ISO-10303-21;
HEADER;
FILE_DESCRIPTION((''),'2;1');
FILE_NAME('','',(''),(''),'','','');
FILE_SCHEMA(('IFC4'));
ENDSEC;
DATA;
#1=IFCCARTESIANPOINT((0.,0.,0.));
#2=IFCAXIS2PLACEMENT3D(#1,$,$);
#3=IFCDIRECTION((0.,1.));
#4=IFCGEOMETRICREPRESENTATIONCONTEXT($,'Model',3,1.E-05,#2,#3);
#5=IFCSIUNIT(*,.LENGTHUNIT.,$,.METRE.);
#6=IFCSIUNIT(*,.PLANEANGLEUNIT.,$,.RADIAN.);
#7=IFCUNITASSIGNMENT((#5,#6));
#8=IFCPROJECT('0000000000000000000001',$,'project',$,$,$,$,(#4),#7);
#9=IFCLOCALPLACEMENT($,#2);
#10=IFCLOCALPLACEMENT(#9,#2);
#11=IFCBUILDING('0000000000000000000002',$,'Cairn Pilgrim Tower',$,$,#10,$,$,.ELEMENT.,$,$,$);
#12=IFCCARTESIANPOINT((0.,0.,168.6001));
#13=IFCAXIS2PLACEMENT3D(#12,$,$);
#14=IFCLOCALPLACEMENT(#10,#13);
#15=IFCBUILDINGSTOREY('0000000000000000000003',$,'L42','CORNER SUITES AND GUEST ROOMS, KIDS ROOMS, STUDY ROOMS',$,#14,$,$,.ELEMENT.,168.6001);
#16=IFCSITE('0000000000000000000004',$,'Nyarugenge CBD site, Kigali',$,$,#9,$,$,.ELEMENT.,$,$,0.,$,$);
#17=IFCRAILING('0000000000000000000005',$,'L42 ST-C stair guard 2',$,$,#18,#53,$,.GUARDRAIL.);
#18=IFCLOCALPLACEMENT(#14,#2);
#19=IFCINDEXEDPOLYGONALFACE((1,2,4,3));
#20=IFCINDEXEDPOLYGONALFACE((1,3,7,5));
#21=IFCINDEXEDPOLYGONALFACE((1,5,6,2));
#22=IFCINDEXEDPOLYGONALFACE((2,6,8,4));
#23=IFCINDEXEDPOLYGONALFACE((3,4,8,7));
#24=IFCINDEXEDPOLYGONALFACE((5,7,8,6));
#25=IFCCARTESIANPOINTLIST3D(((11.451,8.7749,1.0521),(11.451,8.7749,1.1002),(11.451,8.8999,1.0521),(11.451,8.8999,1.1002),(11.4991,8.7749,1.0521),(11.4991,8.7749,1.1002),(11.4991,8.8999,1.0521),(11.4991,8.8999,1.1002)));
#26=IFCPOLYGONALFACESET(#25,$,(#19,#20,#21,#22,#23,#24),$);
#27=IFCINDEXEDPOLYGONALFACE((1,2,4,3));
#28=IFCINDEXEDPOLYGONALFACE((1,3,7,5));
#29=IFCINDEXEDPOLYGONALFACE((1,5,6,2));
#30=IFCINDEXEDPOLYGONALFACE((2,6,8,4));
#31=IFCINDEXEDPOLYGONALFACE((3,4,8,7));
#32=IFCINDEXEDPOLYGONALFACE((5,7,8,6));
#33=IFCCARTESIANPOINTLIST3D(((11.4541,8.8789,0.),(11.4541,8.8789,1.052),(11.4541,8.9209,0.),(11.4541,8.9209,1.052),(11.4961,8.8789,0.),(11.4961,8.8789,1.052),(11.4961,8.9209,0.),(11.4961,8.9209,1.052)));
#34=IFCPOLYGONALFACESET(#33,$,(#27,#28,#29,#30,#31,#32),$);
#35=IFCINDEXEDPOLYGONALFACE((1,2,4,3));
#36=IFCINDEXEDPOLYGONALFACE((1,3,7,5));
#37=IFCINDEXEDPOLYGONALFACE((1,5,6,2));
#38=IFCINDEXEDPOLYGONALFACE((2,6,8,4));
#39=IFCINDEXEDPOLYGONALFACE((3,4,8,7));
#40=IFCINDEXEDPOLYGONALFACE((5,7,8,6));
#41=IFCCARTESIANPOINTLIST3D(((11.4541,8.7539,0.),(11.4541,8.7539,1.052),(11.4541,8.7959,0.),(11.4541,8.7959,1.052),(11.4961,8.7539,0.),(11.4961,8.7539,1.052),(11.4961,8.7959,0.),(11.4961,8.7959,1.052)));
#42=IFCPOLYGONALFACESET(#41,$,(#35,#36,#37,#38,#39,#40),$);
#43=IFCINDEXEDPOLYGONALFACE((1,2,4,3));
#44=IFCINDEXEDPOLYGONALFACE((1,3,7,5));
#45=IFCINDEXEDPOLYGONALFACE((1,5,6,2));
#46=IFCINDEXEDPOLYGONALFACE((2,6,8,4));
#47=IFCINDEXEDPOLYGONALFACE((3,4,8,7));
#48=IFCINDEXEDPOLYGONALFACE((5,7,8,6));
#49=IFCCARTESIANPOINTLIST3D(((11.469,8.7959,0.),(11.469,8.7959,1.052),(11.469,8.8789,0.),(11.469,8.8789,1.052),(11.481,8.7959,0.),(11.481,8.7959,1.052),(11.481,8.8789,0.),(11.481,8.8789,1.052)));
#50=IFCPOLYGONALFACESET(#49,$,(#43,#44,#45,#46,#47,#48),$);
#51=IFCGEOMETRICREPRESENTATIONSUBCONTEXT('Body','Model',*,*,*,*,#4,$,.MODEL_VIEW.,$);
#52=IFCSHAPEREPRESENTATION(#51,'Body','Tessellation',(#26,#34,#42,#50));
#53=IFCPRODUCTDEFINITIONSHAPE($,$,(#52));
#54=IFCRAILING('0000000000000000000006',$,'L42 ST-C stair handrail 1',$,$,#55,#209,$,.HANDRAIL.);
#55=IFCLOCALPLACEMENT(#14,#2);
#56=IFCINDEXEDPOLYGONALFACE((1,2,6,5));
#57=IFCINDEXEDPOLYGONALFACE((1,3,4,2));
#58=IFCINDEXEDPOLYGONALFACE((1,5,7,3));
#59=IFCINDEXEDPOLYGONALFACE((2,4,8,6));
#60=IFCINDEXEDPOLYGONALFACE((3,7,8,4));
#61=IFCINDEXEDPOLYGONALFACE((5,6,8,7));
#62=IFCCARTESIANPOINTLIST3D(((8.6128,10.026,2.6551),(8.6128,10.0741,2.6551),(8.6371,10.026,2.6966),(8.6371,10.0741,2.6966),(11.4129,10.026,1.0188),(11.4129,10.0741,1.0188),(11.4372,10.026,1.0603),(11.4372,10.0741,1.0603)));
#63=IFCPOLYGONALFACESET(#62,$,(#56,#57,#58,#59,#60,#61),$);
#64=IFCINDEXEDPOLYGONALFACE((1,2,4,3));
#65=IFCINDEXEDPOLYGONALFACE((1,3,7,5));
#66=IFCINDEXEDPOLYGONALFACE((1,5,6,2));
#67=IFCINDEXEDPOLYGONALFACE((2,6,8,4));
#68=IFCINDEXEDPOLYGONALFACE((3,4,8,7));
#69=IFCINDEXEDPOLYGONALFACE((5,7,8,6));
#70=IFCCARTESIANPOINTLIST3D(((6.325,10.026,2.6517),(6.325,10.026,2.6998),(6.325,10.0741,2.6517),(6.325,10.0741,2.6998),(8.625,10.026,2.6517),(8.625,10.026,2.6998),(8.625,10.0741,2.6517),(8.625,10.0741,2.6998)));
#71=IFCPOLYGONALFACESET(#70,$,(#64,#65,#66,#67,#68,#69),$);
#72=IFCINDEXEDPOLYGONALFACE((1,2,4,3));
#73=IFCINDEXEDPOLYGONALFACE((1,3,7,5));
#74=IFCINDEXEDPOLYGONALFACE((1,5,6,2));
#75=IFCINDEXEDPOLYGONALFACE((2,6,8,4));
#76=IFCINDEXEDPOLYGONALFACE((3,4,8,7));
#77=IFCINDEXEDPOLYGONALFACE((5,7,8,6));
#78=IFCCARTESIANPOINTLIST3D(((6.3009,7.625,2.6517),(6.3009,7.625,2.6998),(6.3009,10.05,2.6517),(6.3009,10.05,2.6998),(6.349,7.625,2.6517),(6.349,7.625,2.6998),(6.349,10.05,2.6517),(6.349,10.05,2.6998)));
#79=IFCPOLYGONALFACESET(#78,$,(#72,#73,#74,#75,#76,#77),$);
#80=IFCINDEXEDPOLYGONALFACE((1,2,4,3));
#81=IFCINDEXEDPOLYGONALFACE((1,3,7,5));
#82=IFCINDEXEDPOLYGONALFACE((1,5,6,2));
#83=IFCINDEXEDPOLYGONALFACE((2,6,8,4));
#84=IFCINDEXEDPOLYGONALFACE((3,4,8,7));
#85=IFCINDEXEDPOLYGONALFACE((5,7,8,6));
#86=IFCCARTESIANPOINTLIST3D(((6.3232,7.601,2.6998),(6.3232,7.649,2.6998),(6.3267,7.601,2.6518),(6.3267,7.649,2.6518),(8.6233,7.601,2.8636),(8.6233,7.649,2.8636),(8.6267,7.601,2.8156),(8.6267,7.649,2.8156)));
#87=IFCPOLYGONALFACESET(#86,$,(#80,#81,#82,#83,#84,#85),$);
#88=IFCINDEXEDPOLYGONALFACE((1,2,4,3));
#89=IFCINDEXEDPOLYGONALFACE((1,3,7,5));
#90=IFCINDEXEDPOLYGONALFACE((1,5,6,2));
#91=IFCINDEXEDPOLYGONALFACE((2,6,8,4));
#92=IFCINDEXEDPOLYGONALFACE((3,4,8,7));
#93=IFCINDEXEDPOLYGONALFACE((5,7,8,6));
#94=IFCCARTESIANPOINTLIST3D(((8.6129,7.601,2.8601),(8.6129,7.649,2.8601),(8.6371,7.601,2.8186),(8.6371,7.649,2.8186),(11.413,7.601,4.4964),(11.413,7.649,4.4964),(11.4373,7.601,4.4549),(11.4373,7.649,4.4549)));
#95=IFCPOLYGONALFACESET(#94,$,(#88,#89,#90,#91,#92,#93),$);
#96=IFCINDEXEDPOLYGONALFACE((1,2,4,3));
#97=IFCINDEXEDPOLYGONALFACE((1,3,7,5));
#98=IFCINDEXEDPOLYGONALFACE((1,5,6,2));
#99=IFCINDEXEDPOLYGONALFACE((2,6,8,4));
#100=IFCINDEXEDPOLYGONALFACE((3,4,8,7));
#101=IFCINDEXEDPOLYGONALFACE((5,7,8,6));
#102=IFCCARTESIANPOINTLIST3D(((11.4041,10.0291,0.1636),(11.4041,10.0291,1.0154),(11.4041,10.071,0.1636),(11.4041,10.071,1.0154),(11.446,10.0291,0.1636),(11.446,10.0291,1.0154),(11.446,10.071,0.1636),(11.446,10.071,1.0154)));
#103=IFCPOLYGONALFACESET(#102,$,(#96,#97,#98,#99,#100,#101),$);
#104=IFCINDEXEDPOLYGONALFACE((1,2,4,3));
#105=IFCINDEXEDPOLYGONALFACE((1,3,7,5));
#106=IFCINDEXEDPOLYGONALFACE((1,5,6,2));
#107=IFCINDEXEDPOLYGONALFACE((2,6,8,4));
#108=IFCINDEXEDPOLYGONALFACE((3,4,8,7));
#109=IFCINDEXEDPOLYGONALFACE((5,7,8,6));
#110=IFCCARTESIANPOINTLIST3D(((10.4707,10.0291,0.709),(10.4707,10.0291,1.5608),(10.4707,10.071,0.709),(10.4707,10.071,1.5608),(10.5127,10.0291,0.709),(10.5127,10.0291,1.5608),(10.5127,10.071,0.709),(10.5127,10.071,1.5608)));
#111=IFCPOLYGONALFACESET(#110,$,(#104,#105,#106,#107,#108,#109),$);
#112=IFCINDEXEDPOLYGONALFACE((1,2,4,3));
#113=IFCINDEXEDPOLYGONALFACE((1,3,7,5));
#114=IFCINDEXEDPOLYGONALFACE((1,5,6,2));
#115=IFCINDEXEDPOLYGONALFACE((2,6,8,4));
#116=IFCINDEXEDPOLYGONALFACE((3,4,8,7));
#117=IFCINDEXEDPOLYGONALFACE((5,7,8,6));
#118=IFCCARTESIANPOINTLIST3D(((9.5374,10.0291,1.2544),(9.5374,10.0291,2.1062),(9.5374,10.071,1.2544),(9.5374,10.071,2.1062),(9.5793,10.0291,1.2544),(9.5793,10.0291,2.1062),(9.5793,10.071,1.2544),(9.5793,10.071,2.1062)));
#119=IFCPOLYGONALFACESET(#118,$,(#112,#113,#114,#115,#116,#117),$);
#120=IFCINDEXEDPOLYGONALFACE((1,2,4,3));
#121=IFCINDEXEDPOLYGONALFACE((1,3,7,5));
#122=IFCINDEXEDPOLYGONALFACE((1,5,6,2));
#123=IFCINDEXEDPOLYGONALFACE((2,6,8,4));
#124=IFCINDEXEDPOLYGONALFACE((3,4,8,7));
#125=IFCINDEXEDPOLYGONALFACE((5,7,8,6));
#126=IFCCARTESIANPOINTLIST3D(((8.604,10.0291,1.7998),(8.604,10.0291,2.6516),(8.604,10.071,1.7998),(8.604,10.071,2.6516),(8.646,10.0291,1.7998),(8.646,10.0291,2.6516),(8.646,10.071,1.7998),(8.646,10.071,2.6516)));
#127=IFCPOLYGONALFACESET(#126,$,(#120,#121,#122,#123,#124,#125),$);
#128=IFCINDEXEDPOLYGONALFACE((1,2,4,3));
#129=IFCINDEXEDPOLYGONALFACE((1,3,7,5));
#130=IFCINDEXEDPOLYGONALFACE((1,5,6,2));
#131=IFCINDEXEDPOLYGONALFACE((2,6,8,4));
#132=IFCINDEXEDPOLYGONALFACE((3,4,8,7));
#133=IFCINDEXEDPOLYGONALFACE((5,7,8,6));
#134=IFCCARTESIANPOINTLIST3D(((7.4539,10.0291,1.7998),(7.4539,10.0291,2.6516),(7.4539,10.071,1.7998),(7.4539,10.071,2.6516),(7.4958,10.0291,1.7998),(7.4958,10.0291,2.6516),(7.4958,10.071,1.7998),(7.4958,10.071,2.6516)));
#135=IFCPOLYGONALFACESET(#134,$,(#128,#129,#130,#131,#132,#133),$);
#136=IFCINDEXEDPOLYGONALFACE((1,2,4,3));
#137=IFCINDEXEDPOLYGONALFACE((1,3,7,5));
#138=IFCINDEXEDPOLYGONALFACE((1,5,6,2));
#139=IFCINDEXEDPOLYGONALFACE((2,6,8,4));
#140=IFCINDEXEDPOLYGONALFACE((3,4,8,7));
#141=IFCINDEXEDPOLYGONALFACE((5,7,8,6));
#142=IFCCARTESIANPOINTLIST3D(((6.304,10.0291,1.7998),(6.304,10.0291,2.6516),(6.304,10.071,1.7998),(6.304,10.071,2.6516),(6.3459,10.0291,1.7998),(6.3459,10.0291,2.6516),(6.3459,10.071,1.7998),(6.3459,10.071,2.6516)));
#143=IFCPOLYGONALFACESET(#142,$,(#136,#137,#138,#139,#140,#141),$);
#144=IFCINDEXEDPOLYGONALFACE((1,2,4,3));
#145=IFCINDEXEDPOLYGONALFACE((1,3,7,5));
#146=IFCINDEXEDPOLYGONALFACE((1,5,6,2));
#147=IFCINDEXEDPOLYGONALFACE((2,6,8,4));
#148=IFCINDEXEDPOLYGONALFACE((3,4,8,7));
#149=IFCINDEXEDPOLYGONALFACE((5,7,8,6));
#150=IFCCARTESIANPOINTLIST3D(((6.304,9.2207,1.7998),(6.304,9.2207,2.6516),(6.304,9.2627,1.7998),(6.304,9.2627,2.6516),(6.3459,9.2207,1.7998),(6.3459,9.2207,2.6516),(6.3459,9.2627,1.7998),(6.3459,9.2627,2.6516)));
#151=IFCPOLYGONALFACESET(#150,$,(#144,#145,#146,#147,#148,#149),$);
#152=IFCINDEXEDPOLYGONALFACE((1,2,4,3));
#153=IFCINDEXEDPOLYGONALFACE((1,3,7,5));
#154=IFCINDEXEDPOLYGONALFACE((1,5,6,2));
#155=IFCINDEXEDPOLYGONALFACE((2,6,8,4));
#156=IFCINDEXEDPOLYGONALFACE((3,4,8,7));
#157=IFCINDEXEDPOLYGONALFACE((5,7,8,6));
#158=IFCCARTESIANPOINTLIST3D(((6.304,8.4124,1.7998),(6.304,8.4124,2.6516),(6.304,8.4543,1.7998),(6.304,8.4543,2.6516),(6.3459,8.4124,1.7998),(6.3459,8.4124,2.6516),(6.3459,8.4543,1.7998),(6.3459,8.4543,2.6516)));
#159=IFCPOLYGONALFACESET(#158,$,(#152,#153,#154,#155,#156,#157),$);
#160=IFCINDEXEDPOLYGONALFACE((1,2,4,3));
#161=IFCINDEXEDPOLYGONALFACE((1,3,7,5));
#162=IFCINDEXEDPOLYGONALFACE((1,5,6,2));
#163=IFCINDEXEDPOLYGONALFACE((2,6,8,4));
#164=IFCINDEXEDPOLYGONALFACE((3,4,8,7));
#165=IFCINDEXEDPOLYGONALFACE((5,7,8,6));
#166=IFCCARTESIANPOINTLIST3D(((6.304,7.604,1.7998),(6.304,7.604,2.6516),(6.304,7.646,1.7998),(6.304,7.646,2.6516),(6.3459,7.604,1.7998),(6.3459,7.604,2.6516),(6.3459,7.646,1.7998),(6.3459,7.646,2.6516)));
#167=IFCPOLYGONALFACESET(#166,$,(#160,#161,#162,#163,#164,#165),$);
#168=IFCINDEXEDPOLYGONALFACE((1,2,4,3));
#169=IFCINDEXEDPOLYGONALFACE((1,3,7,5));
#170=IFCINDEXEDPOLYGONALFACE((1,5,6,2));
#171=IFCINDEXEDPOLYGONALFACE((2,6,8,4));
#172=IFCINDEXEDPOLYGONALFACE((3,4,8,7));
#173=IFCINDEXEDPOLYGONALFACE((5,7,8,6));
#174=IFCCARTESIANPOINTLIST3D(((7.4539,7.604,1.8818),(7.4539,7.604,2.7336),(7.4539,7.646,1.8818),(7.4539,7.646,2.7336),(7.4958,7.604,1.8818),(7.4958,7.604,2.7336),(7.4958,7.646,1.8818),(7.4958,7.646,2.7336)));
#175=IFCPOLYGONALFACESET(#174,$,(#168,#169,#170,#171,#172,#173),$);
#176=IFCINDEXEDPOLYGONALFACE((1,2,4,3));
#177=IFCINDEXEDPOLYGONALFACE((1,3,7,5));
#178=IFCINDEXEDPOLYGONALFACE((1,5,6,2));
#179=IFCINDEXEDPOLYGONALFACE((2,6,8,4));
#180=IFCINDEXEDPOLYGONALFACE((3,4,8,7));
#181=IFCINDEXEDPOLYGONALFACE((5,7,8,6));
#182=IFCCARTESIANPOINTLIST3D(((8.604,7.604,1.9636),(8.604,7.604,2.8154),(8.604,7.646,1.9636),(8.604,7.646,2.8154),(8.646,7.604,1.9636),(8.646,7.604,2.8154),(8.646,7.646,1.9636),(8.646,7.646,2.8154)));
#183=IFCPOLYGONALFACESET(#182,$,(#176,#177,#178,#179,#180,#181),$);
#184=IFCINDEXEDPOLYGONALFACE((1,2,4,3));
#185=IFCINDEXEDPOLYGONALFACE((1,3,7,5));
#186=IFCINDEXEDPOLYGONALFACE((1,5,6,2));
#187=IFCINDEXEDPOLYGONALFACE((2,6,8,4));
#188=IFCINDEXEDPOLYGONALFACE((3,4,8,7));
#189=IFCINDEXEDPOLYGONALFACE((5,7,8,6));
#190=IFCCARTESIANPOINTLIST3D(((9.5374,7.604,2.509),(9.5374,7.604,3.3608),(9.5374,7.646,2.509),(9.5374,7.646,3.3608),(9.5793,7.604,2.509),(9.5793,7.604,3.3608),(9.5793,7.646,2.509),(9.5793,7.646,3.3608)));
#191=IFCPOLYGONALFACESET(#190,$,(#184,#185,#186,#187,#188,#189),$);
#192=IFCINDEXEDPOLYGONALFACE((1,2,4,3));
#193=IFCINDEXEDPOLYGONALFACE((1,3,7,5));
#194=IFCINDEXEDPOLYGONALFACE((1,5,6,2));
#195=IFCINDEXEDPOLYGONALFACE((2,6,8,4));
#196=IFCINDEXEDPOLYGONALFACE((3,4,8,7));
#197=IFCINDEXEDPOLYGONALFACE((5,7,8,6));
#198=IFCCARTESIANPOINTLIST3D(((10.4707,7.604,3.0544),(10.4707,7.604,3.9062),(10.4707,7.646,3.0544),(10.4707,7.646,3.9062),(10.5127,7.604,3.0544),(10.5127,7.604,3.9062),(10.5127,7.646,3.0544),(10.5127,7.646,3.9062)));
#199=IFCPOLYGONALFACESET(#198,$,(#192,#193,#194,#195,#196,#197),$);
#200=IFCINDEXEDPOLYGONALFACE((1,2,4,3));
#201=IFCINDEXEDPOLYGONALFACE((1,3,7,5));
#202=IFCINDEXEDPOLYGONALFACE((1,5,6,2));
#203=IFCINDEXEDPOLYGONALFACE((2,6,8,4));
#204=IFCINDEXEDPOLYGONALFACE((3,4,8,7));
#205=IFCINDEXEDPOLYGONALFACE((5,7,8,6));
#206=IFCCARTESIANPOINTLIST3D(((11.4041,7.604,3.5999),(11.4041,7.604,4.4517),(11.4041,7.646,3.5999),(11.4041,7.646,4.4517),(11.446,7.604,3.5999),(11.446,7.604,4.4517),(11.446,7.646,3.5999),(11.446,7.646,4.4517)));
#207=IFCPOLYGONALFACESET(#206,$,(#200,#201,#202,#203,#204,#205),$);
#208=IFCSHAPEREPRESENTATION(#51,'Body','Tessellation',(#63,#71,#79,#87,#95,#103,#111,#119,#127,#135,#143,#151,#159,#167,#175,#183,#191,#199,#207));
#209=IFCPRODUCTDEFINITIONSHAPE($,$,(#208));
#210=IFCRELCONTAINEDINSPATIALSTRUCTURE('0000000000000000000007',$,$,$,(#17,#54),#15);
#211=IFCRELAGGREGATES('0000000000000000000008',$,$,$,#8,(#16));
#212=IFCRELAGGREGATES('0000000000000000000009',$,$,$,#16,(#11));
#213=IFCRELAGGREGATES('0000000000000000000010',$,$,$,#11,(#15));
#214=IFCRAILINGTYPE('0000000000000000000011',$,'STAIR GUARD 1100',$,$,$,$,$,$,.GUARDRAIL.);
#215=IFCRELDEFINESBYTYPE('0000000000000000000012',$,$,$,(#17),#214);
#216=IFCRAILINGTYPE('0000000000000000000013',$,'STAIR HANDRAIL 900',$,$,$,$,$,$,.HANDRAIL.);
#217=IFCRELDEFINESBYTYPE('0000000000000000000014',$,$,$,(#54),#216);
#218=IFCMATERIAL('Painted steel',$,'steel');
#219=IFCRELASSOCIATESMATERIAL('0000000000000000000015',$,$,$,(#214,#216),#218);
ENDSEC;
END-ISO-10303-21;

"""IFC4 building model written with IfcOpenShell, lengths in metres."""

from ifc_helpers import new_model, si_unit, direction, frame, origin, origin_2d, place, context, subcontext, project, spatial, polyline, rectangle, outline, extrude, material, type_object, element, save


model = new_model("IFC4")

# Units and contexts
model_context = context("Model", 3, precision=1e-05, world=origin(), true_north=direction((0.0, 1.0)))
body_context = subcontext(model_context, "Body", "Model", "MODEL_VIEW")
ifc_project = project(units=[si_unit("LENGTHUNIT", "METRE"), si_unit("PLANEANGLEUNIT", "RADIAN")], contexts=[model_context])

# Site, building, storey
site_placement = place(None, origin())
site = spatial("IfcSite", under=ifc_project, at=site_placement, Name="Nyarugenge CBD site, Kigali", CompositionType="ELEMENT", RefElevation=0.0)
building_placement = place(site_placement, origin())
building = spatial("IfcBuilding", under=site, at=building_placement, Name="Cairn Pilgrim Tower", CompositionType="ELEMENT")
storey_placement = place(building_placement, frame((0.0, 0.0, 168.6001)))
storey = spatial("IfcBuildingStorey", under=building, at=storey_placement, Name="L42", Description="CORNER SUITES AND GUEST ROOMS, KIDS ROOMS, STUDY ROOMS", CompositionType="ELEMENT", Elevation=168.6001)

# Shared definitions
ifc_material_1 = material(Name="Painted steel", Category="steel")

# Railings
railing_type_1 = type_object("IfcRailingType", Name="STAIR GUARD 1100", PredefinedType="GUARDRAIL", material=ifc_material_1)
railing_1_placement = place(storey_placement, frame((11.4751, 8.8999, 0.0)))
element("IfcRailing", 1, at=railing_1_placement, inside=storey, type_object=railing_type_1, Name="L42 ST-C stair guard 2", PredefinedType="GUARDRAIL", context=body_context, shape_type="SweptSolid", body=[
    extrude(rectangle(XDim=0.0481, YDim=0.0481, at=origin_2d()), frame((0.0, 0.0, 1.0762), z_axis=(0.0, -1.0, 0.0), x_axis=(1.0, 0.0, 0.0)), (0.0, 0.0, 1.0), 0.125),
    extrude(rectangle(XDim=0.042, YDim=0.042, at=origin_2d()), origin(), (0.0, 0.0, 1.0), 1.052),
    extrude(rectangle(XDim=0.042, YDim=0.042, at=origin_2d()), frame((0.0, -0.125, 0.0)), (0.0, 0.0, 1.0), 1.052),
    extrude(outline(polyline([(0.021, 0.0), (0.104, 0.0), (0.104, 1.052), (0.021, 1.052), (0.021, 0.0)])), frame((0.0059, 0.0, 0.0), z_axis=(-1.0, 0.0, 0.0), x_axis=(0.0, -1.0, 0.0)), (0.0, 0.0, 1.0), 0.012),
])
railing_type_2 = type_object("IfcRailingType", Name="STAIR HANDRAIL 900", PredefinedType="HANDRAIL", material=ifc_material_1)
railing_2_placement = place(storey_placement, frame((11.425, 10.05, 0.1636)))
element("IfcRailing", 2, at=railing_2_placement, inside=storey, type_object=railing_type_2, Name="L42 ST-C stair handrail 1", PredefinedType="HANDRAIL", context=body_context, shape_type="SweptSolid", body=[
    extrude(rectangle(XDim=0.0481, YDim=0.0481, at=origin_2d()), frame((0.0, 0.0, 0.876), z_axis=(-0.863394, 0.0, 0.504531), x_axis=(0.0, -1.0, 0.0)), (0.0, 0.0, 1.0), 3.2432),
    extrude(rectangle(XDim=0.0481, YDim=0.0481, at=origin_2d()), frame((-2.8, 0.0, 2.5122), z_axis=(-1.0, 0.0, 0.0), x_axis=(0.0, -1.0, 0.0)), (0.0, 0.0, 1.0), 2.3),
    extrude(rectangle(XDim=0.0481, YDim=0.0481, at=origin_2d()), frame((-5.1001, 0.0, 2.5122), z_axis=(0.0, -1.0, 0.0), x_axis=(1.0, 0.0, 0.0)), (0.0, 0.0, 1.0), 2.425),
    extrude(rectangle(XDim=0.0481, YDim=0.0481, at=origin_2d()), frame((-5.1001, -2.425, 2.5122), z_axis=(0.997473, 0.0, 0.071044), x_axis=(0.0, 1.0, 0.0)), (0.0, 0.0, 1.0), 2.3059),
    extrude(rectangle(XDim=0.0481, YDim=0.0481, at=origin_2d()), frame((-2.8, -2.425, 2.6758), z_axis=(0.863394, 0.0, 0.504531), x_axis=(0.0, 1.0, 0.0)), (0.0, 0.0, 1.0), 3.2432),
    extrude(rectangle(XDim=0.042, YDim=0.042, at=origin_2d()), origin(), (0.0, 0.0, 1.0), 0.8518),
    extrude(rectangle(XDim=0.042, YDim=0.042, at=origin_2d()), frame((-0.9333, 0.0, 0.5454)), (0.0, 0.0, 1.0), 0.8518),
    extrude(rectangle(XDim=0.042, YDim=0.042, at=origin_2d()), frame((-1.8667, 0.0, 1.0908)), (0.0, 0.0, 1.0), 0.8518),
    extrude(rectangle(XDim=0.042, YDim=0.042, at=origin_2d()), frame((-2.8, 0.0, 1.6362)), (0.0, 0.0, 1.0), 0.8518),
    extrude(rectangle(XDim=0.042, YDim=0.042, at=origin_2d()), frame((-3.9502, 0.0, 1.6362)), (0.0, 0.0, 1.0), 0.8518),
    extrude(rectangle(XDim=0.042, YDim=0.042, at=origin_2d()), frame((-5.1001, 0.0, 1.6362)), (0.0, 0.0, 1.0), 0.8518),
    extrude(rectangle(XDim=0.042, YDim=0.042, at=origin_2d()), frame((-5.1001, -0.8083, 1.6362)), (0.0, 0.0, 1.0), 0.8518),
    extrude(rectangle(XDim=0.042, YDim=0.042, at=origin_2d()), frame((-5.1001, -1.6167, 1.6362)), (0.0, 0.0, 1.0), 0.8518),
    extrude(rectangle(XDim=0.042, YDim=0.042, at=origin_2d()), frame((-5.1001, -2.425, 1.6362)), (0.0, 0.0, 1.0), 0.8518),
    extrude(rectangle(XDim=0.042, YDim=0.042, at=origin_2d()), frame((-3.9502, -2.425, 1.7183)), (0.0, 0.0, 1.0), 0.8518),
    extrude(rectangle(XDim=0.042, YDim=0.042, at=origin_2d()), frame((-2.8, -2.425, 1.8)), (0.0, 0.0, 1.0), 0.8518),
    extrude(rectangle(XDim=0.042, YDim=0.042, at=origin_2d()), frame((-1.8667, -2.425, 2.3455)), (0.0, 0.0, 1.0), 0.8518),
    extrude(rectangle(XDim=0.042, YDim=0.042, at=origin_2d()), frame((-0.9333, -2.425, 2.8909)), (0.0, 0.0, 1.0), 0.8518),
    extrude(rectangle(XDim=0.042, YDim=0.042, at=origin_2d()), frame((0.0, -2.425, 3.4363)), (0.0, 0.0, 1.0), 0.8518),
])

save(model, "model.ifc")
